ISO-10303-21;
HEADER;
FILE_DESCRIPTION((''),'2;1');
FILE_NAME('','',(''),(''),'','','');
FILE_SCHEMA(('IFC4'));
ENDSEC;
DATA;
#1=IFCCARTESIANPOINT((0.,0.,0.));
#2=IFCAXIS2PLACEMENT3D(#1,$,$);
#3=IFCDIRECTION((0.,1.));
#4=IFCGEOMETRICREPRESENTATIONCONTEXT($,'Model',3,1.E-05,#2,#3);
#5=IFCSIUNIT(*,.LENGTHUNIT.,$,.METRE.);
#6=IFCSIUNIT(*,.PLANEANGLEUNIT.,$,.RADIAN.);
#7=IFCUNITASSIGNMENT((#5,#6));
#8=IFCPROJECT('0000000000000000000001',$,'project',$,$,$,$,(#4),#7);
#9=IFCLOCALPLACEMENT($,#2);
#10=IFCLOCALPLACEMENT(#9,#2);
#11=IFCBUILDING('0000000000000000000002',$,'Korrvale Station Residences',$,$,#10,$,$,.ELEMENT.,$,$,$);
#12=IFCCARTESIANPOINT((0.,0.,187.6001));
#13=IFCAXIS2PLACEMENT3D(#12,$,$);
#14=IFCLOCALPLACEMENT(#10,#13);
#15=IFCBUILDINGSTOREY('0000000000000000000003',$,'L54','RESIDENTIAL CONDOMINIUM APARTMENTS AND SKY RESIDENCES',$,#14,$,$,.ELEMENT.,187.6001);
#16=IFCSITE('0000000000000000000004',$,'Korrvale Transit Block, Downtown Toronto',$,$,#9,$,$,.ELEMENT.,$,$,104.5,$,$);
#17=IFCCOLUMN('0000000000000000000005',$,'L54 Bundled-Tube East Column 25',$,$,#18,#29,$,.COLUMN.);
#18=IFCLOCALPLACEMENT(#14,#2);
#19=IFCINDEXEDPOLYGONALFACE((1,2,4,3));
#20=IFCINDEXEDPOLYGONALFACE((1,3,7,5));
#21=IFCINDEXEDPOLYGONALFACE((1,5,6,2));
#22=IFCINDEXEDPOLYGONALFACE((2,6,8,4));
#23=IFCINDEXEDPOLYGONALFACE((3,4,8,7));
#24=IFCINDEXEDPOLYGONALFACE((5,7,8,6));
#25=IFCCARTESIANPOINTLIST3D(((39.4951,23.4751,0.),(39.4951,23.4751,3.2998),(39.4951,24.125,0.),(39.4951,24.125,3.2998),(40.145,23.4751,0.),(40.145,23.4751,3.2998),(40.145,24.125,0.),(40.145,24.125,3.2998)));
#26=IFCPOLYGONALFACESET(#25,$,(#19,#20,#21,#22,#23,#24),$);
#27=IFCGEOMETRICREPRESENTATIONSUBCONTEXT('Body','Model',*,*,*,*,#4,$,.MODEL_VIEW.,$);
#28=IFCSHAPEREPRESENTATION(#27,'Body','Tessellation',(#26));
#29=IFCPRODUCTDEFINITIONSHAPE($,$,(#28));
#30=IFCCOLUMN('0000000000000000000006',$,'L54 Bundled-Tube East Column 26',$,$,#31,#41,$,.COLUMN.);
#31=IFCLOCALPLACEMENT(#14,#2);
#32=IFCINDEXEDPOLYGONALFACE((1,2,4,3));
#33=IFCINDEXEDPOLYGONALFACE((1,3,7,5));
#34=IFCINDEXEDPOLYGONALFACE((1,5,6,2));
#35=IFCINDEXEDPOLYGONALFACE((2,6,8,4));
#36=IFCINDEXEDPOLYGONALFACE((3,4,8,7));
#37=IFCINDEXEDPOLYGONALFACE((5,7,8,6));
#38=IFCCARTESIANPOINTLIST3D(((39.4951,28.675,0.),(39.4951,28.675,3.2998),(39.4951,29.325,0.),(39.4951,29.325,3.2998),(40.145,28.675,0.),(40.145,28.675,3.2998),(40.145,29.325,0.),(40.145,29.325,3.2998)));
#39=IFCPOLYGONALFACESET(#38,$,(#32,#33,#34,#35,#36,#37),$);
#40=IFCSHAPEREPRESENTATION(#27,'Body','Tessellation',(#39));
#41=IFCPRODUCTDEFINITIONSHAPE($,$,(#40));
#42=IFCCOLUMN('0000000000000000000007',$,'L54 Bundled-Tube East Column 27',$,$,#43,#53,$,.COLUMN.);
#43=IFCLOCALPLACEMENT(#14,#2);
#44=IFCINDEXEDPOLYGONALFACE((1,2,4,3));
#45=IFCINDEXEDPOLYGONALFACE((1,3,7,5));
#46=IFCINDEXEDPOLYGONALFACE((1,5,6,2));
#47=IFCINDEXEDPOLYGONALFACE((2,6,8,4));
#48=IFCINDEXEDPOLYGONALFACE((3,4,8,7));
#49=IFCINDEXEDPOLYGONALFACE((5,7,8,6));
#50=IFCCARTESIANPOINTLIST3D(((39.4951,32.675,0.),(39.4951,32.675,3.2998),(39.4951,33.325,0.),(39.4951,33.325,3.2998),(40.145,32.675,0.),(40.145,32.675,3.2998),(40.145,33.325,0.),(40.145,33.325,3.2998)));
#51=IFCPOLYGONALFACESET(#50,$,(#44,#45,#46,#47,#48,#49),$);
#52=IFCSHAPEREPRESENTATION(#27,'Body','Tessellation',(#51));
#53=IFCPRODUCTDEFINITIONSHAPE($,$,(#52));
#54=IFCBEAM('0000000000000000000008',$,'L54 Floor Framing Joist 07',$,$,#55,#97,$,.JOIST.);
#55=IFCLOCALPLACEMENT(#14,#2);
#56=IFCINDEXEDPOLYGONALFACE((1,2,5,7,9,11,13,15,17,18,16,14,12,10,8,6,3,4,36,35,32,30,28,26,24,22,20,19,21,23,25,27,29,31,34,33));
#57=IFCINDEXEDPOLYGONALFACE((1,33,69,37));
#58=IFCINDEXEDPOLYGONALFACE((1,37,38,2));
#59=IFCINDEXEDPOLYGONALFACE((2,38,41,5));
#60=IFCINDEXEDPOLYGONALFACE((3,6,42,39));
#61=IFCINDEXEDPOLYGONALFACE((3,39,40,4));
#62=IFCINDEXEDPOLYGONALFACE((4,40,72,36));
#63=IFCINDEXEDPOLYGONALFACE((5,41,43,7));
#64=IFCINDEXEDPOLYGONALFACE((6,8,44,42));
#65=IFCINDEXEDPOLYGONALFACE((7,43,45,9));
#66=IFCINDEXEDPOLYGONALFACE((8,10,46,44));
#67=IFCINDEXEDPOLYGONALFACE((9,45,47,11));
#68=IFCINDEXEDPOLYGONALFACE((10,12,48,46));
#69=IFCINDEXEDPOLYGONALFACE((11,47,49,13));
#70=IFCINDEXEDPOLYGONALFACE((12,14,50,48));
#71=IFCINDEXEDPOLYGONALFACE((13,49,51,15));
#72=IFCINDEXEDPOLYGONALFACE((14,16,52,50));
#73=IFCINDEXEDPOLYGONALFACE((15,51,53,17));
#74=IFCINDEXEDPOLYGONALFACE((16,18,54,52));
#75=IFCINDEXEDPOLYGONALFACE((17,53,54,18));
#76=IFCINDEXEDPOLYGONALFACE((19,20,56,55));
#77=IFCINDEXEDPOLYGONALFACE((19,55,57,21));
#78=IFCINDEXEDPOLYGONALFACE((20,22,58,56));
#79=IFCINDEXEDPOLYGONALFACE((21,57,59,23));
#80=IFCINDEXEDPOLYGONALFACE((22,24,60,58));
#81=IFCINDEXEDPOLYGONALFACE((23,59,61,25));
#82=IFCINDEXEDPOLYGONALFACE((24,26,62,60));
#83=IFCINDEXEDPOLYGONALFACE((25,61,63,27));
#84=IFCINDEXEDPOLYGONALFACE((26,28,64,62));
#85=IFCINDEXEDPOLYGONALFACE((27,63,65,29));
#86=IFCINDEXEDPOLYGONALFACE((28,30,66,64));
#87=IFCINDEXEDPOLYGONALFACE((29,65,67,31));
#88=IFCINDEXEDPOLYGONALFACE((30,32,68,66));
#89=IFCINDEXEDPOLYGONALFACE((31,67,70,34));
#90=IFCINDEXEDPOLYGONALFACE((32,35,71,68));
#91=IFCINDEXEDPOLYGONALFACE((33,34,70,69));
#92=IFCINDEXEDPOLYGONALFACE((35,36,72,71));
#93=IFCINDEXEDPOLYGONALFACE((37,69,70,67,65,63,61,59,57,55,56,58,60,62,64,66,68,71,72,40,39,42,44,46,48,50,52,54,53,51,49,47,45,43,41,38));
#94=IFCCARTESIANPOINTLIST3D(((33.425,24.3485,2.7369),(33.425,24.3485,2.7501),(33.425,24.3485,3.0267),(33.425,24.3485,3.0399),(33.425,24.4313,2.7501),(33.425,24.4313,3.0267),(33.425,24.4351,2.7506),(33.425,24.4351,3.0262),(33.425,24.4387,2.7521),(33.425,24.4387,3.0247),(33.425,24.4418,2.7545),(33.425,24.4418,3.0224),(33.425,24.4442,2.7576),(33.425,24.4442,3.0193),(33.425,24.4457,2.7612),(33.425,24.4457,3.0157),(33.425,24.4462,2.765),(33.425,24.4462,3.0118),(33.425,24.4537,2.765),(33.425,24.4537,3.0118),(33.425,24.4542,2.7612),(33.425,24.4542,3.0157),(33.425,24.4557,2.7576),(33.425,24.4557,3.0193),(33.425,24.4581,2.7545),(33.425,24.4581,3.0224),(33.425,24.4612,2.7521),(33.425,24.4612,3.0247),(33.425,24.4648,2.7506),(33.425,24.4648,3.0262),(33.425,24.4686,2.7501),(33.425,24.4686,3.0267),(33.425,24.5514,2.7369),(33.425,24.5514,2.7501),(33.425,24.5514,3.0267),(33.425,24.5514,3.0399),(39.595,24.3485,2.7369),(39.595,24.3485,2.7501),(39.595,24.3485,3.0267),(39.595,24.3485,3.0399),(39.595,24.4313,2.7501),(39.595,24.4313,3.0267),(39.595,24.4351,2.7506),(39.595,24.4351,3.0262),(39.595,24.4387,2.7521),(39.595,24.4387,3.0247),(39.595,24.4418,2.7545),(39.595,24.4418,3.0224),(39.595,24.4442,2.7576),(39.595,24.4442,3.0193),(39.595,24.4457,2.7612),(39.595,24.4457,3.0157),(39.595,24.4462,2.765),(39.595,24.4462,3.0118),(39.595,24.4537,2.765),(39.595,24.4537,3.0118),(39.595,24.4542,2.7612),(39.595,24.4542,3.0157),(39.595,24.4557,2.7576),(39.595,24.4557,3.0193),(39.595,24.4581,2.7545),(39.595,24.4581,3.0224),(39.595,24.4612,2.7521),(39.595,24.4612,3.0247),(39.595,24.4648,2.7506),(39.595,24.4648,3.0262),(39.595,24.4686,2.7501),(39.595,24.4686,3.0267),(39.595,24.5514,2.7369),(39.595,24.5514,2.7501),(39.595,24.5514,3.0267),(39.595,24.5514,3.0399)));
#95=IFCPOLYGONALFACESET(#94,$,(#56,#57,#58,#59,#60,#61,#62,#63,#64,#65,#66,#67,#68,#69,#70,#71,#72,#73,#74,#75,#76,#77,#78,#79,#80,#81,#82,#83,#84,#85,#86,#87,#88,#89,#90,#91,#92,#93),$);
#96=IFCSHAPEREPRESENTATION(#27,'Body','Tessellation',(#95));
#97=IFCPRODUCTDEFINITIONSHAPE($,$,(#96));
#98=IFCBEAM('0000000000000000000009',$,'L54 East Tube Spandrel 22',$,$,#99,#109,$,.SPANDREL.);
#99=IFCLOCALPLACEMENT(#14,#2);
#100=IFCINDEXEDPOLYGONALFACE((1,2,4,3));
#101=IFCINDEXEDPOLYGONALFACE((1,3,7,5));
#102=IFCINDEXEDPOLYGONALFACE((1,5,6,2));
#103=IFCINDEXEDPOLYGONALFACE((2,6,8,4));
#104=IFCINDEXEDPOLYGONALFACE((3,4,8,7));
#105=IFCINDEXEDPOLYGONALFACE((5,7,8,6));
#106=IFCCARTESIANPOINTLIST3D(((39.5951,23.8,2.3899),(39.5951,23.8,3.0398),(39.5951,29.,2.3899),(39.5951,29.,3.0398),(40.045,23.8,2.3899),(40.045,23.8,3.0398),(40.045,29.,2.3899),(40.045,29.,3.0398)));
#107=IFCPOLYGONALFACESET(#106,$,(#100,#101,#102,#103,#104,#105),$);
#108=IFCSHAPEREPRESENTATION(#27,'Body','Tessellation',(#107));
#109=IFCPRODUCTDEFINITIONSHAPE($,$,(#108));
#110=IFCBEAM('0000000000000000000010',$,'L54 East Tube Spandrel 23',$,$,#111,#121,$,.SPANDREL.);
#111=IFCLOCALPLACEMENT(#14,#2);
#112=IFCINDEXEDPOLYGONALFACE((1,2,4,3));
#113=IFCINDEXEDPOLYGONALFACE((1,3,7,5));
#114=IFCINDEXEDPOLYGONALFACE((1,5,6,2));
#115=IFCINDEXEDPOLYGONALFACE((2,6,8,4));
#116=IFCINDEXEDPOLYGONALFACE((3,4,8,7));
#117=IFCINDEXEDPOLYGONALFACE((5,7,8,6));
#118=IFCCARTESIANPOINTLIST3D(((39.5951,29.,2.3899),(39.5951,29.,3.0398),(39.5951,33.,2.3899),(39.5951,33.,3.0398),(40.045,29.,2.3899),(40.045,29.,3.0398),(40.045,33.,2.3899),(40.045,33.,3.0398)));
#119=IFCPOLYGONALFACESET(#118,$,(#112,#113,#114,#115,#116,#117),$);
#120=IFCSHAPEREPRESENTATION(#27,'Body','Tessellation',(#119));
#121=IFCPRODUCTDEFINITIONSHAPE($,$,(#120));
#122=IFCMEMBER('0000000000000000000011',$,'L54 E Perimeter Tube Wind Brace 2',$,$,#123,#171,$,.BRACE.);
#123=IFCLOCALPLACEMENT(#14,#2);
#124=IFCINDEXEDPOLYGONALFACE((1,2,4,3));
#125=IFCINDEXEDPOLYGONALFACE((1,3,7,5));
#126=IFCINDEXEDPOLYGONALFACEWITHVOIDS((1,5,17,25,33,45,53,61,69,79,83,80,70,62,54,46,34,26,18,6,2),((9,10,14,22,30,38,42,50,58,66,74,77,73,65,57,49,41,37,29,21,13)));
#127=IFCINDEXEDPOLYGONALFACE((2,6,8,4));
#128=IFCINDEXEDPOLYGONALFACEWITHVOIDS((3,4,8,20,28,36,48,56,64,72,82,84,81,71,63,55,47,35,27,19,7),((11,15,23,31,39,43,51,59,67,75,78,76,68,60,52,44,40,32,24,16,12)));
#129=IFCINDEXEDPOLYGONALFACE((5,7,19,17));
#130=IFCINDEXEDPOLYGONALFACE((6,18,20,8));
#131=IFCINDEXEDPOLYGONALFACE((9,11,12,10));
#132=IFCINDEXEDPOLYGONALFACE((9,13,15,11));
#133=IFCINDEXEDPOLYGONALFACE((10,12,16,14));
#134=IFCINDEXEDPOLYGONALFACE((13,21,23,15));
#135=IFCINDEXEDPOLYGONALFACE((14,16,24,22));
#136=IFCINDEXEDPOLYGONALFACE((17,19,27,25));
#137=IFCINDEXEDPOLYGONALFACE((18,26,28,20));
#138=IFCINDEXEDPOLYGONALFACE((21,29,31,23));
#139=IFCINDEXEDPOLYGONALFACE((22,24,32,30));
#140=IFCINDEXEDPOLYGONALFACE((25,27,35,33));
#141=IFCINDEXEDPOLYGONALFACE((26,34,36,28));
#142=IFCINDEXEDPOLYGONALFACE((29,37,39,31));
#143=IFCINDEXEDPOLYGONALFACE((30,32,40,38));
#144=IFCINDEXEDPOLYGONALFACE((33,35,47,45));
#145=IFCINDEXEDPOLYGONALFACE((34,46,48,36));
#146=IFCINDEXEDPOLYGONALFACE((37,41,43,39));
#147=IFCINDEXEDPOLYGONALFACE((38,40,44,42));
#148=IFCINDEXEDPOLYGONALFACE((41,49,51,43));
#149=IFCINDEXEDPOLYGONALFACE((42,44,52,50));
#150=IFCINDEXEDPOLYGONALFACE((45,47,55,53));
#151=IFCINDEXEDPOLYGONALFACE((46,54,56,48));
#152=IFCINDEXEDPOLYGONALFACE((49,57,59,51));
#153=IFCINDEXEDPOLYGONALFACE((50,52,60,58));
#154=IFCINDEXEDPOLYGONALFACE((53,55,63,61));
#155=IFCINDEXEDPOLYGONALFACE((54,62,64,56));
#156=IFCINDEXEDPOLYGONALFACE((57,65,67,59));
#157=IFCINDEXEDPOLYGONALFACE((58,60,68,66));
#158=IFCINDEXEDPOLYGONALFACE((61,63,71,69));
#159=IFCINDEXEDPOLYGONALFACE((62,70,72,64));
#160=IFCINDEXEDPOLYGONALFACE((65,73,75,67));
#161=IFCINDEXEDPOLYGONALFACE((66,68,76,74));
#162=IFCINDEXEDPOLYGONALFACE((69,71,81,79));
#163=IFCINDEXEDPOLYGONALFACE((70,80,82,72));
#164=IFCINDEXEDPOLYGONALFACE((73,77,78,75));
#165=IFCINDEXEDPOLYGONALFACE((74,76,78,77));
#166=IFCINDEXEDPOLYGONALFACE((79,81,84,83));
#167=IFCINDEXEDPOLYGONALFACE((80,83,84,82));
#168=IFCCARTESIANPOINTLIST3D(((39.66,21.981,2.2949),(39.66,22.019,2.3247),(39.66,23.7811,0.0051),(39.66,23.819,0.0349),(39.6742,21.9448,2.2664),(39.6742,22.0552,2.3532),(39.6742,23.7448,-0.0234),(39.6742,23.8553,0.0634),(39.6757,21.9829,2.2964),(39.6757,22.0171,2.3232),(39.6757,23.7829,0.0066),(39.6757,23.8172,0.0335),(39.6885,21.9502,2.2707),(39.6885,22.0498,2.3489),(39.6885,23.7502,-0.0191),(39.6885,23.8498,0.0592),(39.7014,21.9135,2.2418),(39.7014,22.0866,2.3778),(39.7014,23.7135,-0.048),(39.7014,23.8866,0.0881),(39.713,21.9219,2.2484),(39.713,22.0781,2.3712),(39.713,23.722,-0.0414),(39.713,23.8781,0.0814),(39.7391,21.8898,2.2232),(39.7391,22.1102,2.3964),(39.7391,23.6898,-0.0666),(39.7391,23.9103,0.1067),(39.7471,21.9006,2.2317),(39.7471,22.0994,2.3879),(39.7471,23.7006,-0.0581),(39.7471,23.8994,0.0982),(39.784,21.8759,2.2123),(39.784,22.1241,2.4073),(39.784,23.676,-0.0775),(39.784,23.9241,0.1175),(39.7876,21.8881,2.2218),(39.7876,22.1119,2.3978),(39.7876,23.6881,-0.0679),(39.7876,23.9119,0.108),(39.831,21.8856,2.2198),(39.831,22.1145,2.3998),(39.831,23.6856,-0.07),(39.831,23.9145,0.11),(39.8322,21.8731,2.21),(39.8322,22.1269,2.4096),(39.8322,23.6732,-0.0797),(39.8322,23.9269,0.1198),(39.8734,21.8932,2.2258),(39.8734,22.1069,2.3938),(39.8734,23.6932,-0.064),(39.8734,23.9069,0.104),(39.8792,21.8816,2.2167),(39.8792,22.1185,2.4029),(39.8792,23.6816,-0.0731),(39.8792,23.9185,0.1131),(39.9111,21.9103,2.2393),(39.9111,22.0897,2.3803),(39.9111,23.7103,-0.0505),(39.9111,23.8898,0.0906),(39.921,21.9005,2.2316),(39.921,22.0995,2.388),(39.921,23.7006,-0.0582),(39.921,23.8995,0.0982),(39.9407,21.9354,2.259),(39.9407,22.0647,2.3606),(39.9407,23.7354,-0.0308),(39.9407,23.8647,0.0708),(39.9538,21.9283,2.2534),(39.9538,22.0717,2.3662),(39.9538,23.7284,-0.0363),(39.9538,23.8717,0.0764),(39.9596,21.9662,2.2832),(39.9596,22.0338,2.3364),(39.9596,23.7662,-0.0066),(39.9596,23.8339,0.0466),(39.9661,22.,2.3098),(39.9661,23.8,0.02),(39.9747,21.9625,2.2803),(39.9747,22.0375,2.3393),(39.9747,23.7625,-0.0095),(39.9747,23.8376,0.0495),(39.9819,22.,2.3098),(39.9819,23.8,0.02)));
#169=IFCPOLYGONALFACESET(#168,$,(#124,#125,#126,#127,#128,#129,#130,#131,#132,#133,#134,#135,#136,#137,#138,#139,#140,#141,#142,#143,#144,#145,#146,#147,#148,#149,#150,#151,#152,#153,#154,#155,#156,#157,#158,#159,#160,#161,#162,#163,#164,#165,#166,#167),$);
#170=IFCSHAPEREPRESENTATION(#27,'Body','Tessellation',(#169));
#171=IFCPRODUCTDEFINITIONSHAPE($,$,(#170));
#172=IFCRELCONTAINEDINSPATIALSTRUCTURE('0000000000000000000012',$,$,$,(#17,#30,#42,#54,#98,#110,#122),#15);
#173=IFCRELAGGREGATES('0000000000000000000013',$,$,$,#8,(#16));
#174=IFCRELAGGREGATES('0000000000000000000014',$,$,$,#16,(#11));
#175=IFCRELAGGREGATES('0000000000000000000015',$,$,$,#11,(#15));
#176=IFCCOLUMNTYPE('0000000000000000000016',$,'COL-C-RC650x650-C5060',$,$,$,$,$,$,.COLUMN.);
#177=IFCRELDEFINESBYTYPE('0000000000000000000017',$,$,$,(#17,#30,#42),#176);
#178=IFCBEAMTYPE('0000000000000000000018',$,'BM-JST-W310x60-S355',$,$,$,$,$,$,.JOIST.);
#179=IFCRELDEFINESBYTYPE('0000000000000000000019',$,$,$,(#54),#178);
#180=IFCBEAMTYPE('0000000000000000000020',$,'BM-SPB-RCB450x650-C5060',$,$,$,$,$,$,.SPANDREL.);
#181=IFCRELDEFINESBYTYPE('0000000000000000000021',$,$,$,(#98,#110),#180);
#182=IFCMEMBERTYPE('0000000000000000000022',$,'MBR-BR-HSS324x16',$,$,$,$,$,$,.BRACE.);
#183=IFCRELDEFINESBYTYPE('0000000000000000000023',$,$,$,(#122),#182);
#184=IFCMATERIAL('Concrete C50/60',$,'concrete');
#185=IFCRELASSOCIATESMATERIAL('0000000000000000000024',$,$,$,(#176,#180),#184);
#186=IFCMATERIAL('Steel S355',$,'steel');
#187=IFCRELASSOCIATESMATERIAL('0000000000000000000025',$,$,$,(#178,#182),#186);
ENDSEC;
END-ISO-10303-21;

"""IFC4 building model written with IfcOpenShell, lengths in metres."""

from ifc_helpers import new_model, si_unit, direction, frame, origin, origin_2d, place, context, subcontext, project, spatial, rectangle, hollow_circle, i_section, extrude, material, material_profile, profile_set, type_object, element, save


model = new_model("IFC4")

# Units and contexts
model_context = context("Model", 3, precision=1e-05, world=origin(), true_north=direction((0.0, 1.0)))
body_context = subcontext(model_context, "Body", "Model", "MODEL_VIEW")
ifc_project = project(units=[si_unit("LENGTHUNIT", "METRE"), si_unit("PLANEANGLEUNIT", "RADIAN")], contexts=[model_context])

# Site, building, storey
site_placement = place(None, origin())
site = spatial("IfcSite", under=ifc_project, at=site_placement, Name="Korrvale Transit Block, Downtown Toronto", CompositionType="ELEMENT", RefElevation=104.5)
building_placement = place(site_placement, origin())
building = spatial("IfcBuilding", under=site, at=building_placement, Name="Korrvale Station Residences", CompositionType="ELEMENT")
storey_placement = place(building_placement, frame((0.0, 0.0, 187.6001)))
storey = spatial("IfcBuildingStorey", under=building, at=storey_placement, Name="L54", Description="RESIDENTIAL CONDOMINIUM APARTMENTS AND SKY RESIDENCES", CompositionType="ELEMENT", Elevation=187.6001)

# Columns
ifc_material_1 = material(Name="Concrete C50/60", Category="concrete")
ifc_material_profile_1 = material_profile(ifc_material_1, rectangle(XDim=0.6499, YDim=0.6499, at=origin_2d()), Name="RC650x650")
ifc_profile_set_1 = profile_set([ifc_material_profile_1], Name="Concrete C50/60")
column_type = type_object("IfcColumnType", Name="COL-C-RC650x650-C5060", PredefinedType="COLUMN", material=ifc_profile_set_1)
for number, where, z_axis, x_axis, name in (
    (1, (39.8201, 23.8, 0.0), (0.0, 0.0, 1.0), (1.0, 0.0, 0.0), "L54 Bundled-Tube East Column 25"),
    (2, (39.8201, 29.0, 0.0), (0.0, 0.0, 1.0), (1.0, 0.0, 0.0), "L54 Bundled-Tube East Column 26"),
    (3, (39.8201, 33.0, 0.0), (0.0, 0.0, 1.0), (1.0, 0.0, 0.0), "L54 Bundled-Tube East Column 27"),
):
    element("IfcColumn", number, at=place(storey_placement, frame(where, z_axis=z_axis, x_axis=x_axis)), inside=storey, type_object=column_type, Name=name, PredefinedType="COLUMN", context=body_context, shape_type="SweptSolid", body=[
        extrude(rectangle(XDim=0.6499, YDim=0.6499, at=origin_2d()), origin(), (0.0, 0.0, 1.0), 3.2998),
    ])

# Beams
ifc_material_2 = material(Name="Steel S355", Category="steel")
ifc_material_profile_2 = material_profile(ifc_material_2, i_section(OverallWidth=0.2029, OverallDepth=0.303, WebThickness=0.0076, FlangeThickness=0.0132, FilletRadius=0.0149, at=origin_2d()), Name="W310x60")
ifc_profile_set_2 = profile_set([ifc_material_profile_2], Name="Steel S355")
beam_type_1 = type_object("IfcBeamType", Name="BM-JST-W310x60-S355", PredefinedType="JOIST", material=ifc_profile_set_2)
beam_1_placement = place(storey_placement, frame((33.425, 24.45, 2.8884), z_axis=(1.0, 0.0, 0.0), x_axis=(0.0, 1.0, 0.0)))
element("IfcBeam", 4, at=beam_1_placement, inside=storey, type_object=beam_type_1, Name="L54 Floor Framing Joist 07", PredefinedType="JOIST", context=body_context, shape_type="SweptSolid", body=[
    extrude(i_section(OverallWidth=0.2029, OverallDepth=0.303, WebThickness=0.0076, FlangeThickness=0.0132, FilletRadius=0.0149, at=origin_2d()), origin(), (0.0, 0.0, 1.0), 6.1699),
])
ifc_material_profile_3 = material_profile(ifc_material_1, rectangle(XDim=0.45, YDim=0.6499, at=origin_2d()), Name="RCB450x650")
ifc_profile_set_3 = profile_set([ifc_material_profile_3], Name="Concrete C50/60")
beam_type_2 = type_object("IfcBeamType", Name="BM-SPB-RCB450x650-C5060", PredefinedType="SPANDREL", material=ifc_profile_set_3)
beam_2_placement = place(storey_placement, frame((39.8201, 23.8, 2.7148), z_axis=(0.0, 1.0, 0.0), x_axis=(-1.0, 0.0, 0.0)))
element("IfcBeam", 5, at=beam_2_placement, inside=storey, type_object=beam_type_2, Name="L54 East Tube Spandrel 22", PredefinedType="SPANDREL", context=body_context, shape_type="SweptSolid", body=[
    extrude(rectangle(XDim=0.45, YDim=0.6499, at=origin_2d()), origin(), (0.0, 0.0, 1.0), 5.2),
])
beam_3_placement = place(storey_placement, frame((39.8201, 29.0, 2.7148), z_axis=(0.0, 1.0, 0.0), x_axis=(-1.0, 0.0, 0.0)))
element("IfcBeam", 6, at=beam_3_placement, inside=storey, type_object=beam_type_2, Name="L54 East Tube Spandrel 23", PredefinedType="SPANDREL", context=body_context, shape_type="SweptSolid", body=[
    extrude(rectangle(XDim=0.45, YDim=0.6499, at=origin_2d()), origin(), (0.0, 0.0, 1.0), 4.0),
])

# Member
ifc_material_profile_4 = material_profile(ifc_material_2, hollow_circle(Radius=0.1619, WallThickness=0.0159, at=origin_2d()), Name="HSS324x16")
ifc_profile_set_4 = profile_set([ifc_material_profile_4], Name="Steel S355")
member_type = type_object("IfcMemberType", Name="MBR-BR-HSS324x16", PredefinedType="BRACE", material=ifc_profile_set_4)
member_placement = place(storey_placement, frame((39.8201, 23.8, 0.02), z_axis=(0.0, -0.618018, 0.786164), x_axis=(1.0, 0.0, 0.0)))
element("IfcMember", 7, at=member_placement, inside=storey, type_object=member_type, Name="L54 E Perimeter Tube Wind Brace 2", PredefinedType="BRACE", context=body_context, shape_type="SweptSolid", body=[
    extrude(hollow_circle(Radius=0.1619, WallThickness=0.0159, at=origin_2d()), origin(), (0.0, 0.0, 1.0), 2.9126),
])

save(model, "model.ifc")
